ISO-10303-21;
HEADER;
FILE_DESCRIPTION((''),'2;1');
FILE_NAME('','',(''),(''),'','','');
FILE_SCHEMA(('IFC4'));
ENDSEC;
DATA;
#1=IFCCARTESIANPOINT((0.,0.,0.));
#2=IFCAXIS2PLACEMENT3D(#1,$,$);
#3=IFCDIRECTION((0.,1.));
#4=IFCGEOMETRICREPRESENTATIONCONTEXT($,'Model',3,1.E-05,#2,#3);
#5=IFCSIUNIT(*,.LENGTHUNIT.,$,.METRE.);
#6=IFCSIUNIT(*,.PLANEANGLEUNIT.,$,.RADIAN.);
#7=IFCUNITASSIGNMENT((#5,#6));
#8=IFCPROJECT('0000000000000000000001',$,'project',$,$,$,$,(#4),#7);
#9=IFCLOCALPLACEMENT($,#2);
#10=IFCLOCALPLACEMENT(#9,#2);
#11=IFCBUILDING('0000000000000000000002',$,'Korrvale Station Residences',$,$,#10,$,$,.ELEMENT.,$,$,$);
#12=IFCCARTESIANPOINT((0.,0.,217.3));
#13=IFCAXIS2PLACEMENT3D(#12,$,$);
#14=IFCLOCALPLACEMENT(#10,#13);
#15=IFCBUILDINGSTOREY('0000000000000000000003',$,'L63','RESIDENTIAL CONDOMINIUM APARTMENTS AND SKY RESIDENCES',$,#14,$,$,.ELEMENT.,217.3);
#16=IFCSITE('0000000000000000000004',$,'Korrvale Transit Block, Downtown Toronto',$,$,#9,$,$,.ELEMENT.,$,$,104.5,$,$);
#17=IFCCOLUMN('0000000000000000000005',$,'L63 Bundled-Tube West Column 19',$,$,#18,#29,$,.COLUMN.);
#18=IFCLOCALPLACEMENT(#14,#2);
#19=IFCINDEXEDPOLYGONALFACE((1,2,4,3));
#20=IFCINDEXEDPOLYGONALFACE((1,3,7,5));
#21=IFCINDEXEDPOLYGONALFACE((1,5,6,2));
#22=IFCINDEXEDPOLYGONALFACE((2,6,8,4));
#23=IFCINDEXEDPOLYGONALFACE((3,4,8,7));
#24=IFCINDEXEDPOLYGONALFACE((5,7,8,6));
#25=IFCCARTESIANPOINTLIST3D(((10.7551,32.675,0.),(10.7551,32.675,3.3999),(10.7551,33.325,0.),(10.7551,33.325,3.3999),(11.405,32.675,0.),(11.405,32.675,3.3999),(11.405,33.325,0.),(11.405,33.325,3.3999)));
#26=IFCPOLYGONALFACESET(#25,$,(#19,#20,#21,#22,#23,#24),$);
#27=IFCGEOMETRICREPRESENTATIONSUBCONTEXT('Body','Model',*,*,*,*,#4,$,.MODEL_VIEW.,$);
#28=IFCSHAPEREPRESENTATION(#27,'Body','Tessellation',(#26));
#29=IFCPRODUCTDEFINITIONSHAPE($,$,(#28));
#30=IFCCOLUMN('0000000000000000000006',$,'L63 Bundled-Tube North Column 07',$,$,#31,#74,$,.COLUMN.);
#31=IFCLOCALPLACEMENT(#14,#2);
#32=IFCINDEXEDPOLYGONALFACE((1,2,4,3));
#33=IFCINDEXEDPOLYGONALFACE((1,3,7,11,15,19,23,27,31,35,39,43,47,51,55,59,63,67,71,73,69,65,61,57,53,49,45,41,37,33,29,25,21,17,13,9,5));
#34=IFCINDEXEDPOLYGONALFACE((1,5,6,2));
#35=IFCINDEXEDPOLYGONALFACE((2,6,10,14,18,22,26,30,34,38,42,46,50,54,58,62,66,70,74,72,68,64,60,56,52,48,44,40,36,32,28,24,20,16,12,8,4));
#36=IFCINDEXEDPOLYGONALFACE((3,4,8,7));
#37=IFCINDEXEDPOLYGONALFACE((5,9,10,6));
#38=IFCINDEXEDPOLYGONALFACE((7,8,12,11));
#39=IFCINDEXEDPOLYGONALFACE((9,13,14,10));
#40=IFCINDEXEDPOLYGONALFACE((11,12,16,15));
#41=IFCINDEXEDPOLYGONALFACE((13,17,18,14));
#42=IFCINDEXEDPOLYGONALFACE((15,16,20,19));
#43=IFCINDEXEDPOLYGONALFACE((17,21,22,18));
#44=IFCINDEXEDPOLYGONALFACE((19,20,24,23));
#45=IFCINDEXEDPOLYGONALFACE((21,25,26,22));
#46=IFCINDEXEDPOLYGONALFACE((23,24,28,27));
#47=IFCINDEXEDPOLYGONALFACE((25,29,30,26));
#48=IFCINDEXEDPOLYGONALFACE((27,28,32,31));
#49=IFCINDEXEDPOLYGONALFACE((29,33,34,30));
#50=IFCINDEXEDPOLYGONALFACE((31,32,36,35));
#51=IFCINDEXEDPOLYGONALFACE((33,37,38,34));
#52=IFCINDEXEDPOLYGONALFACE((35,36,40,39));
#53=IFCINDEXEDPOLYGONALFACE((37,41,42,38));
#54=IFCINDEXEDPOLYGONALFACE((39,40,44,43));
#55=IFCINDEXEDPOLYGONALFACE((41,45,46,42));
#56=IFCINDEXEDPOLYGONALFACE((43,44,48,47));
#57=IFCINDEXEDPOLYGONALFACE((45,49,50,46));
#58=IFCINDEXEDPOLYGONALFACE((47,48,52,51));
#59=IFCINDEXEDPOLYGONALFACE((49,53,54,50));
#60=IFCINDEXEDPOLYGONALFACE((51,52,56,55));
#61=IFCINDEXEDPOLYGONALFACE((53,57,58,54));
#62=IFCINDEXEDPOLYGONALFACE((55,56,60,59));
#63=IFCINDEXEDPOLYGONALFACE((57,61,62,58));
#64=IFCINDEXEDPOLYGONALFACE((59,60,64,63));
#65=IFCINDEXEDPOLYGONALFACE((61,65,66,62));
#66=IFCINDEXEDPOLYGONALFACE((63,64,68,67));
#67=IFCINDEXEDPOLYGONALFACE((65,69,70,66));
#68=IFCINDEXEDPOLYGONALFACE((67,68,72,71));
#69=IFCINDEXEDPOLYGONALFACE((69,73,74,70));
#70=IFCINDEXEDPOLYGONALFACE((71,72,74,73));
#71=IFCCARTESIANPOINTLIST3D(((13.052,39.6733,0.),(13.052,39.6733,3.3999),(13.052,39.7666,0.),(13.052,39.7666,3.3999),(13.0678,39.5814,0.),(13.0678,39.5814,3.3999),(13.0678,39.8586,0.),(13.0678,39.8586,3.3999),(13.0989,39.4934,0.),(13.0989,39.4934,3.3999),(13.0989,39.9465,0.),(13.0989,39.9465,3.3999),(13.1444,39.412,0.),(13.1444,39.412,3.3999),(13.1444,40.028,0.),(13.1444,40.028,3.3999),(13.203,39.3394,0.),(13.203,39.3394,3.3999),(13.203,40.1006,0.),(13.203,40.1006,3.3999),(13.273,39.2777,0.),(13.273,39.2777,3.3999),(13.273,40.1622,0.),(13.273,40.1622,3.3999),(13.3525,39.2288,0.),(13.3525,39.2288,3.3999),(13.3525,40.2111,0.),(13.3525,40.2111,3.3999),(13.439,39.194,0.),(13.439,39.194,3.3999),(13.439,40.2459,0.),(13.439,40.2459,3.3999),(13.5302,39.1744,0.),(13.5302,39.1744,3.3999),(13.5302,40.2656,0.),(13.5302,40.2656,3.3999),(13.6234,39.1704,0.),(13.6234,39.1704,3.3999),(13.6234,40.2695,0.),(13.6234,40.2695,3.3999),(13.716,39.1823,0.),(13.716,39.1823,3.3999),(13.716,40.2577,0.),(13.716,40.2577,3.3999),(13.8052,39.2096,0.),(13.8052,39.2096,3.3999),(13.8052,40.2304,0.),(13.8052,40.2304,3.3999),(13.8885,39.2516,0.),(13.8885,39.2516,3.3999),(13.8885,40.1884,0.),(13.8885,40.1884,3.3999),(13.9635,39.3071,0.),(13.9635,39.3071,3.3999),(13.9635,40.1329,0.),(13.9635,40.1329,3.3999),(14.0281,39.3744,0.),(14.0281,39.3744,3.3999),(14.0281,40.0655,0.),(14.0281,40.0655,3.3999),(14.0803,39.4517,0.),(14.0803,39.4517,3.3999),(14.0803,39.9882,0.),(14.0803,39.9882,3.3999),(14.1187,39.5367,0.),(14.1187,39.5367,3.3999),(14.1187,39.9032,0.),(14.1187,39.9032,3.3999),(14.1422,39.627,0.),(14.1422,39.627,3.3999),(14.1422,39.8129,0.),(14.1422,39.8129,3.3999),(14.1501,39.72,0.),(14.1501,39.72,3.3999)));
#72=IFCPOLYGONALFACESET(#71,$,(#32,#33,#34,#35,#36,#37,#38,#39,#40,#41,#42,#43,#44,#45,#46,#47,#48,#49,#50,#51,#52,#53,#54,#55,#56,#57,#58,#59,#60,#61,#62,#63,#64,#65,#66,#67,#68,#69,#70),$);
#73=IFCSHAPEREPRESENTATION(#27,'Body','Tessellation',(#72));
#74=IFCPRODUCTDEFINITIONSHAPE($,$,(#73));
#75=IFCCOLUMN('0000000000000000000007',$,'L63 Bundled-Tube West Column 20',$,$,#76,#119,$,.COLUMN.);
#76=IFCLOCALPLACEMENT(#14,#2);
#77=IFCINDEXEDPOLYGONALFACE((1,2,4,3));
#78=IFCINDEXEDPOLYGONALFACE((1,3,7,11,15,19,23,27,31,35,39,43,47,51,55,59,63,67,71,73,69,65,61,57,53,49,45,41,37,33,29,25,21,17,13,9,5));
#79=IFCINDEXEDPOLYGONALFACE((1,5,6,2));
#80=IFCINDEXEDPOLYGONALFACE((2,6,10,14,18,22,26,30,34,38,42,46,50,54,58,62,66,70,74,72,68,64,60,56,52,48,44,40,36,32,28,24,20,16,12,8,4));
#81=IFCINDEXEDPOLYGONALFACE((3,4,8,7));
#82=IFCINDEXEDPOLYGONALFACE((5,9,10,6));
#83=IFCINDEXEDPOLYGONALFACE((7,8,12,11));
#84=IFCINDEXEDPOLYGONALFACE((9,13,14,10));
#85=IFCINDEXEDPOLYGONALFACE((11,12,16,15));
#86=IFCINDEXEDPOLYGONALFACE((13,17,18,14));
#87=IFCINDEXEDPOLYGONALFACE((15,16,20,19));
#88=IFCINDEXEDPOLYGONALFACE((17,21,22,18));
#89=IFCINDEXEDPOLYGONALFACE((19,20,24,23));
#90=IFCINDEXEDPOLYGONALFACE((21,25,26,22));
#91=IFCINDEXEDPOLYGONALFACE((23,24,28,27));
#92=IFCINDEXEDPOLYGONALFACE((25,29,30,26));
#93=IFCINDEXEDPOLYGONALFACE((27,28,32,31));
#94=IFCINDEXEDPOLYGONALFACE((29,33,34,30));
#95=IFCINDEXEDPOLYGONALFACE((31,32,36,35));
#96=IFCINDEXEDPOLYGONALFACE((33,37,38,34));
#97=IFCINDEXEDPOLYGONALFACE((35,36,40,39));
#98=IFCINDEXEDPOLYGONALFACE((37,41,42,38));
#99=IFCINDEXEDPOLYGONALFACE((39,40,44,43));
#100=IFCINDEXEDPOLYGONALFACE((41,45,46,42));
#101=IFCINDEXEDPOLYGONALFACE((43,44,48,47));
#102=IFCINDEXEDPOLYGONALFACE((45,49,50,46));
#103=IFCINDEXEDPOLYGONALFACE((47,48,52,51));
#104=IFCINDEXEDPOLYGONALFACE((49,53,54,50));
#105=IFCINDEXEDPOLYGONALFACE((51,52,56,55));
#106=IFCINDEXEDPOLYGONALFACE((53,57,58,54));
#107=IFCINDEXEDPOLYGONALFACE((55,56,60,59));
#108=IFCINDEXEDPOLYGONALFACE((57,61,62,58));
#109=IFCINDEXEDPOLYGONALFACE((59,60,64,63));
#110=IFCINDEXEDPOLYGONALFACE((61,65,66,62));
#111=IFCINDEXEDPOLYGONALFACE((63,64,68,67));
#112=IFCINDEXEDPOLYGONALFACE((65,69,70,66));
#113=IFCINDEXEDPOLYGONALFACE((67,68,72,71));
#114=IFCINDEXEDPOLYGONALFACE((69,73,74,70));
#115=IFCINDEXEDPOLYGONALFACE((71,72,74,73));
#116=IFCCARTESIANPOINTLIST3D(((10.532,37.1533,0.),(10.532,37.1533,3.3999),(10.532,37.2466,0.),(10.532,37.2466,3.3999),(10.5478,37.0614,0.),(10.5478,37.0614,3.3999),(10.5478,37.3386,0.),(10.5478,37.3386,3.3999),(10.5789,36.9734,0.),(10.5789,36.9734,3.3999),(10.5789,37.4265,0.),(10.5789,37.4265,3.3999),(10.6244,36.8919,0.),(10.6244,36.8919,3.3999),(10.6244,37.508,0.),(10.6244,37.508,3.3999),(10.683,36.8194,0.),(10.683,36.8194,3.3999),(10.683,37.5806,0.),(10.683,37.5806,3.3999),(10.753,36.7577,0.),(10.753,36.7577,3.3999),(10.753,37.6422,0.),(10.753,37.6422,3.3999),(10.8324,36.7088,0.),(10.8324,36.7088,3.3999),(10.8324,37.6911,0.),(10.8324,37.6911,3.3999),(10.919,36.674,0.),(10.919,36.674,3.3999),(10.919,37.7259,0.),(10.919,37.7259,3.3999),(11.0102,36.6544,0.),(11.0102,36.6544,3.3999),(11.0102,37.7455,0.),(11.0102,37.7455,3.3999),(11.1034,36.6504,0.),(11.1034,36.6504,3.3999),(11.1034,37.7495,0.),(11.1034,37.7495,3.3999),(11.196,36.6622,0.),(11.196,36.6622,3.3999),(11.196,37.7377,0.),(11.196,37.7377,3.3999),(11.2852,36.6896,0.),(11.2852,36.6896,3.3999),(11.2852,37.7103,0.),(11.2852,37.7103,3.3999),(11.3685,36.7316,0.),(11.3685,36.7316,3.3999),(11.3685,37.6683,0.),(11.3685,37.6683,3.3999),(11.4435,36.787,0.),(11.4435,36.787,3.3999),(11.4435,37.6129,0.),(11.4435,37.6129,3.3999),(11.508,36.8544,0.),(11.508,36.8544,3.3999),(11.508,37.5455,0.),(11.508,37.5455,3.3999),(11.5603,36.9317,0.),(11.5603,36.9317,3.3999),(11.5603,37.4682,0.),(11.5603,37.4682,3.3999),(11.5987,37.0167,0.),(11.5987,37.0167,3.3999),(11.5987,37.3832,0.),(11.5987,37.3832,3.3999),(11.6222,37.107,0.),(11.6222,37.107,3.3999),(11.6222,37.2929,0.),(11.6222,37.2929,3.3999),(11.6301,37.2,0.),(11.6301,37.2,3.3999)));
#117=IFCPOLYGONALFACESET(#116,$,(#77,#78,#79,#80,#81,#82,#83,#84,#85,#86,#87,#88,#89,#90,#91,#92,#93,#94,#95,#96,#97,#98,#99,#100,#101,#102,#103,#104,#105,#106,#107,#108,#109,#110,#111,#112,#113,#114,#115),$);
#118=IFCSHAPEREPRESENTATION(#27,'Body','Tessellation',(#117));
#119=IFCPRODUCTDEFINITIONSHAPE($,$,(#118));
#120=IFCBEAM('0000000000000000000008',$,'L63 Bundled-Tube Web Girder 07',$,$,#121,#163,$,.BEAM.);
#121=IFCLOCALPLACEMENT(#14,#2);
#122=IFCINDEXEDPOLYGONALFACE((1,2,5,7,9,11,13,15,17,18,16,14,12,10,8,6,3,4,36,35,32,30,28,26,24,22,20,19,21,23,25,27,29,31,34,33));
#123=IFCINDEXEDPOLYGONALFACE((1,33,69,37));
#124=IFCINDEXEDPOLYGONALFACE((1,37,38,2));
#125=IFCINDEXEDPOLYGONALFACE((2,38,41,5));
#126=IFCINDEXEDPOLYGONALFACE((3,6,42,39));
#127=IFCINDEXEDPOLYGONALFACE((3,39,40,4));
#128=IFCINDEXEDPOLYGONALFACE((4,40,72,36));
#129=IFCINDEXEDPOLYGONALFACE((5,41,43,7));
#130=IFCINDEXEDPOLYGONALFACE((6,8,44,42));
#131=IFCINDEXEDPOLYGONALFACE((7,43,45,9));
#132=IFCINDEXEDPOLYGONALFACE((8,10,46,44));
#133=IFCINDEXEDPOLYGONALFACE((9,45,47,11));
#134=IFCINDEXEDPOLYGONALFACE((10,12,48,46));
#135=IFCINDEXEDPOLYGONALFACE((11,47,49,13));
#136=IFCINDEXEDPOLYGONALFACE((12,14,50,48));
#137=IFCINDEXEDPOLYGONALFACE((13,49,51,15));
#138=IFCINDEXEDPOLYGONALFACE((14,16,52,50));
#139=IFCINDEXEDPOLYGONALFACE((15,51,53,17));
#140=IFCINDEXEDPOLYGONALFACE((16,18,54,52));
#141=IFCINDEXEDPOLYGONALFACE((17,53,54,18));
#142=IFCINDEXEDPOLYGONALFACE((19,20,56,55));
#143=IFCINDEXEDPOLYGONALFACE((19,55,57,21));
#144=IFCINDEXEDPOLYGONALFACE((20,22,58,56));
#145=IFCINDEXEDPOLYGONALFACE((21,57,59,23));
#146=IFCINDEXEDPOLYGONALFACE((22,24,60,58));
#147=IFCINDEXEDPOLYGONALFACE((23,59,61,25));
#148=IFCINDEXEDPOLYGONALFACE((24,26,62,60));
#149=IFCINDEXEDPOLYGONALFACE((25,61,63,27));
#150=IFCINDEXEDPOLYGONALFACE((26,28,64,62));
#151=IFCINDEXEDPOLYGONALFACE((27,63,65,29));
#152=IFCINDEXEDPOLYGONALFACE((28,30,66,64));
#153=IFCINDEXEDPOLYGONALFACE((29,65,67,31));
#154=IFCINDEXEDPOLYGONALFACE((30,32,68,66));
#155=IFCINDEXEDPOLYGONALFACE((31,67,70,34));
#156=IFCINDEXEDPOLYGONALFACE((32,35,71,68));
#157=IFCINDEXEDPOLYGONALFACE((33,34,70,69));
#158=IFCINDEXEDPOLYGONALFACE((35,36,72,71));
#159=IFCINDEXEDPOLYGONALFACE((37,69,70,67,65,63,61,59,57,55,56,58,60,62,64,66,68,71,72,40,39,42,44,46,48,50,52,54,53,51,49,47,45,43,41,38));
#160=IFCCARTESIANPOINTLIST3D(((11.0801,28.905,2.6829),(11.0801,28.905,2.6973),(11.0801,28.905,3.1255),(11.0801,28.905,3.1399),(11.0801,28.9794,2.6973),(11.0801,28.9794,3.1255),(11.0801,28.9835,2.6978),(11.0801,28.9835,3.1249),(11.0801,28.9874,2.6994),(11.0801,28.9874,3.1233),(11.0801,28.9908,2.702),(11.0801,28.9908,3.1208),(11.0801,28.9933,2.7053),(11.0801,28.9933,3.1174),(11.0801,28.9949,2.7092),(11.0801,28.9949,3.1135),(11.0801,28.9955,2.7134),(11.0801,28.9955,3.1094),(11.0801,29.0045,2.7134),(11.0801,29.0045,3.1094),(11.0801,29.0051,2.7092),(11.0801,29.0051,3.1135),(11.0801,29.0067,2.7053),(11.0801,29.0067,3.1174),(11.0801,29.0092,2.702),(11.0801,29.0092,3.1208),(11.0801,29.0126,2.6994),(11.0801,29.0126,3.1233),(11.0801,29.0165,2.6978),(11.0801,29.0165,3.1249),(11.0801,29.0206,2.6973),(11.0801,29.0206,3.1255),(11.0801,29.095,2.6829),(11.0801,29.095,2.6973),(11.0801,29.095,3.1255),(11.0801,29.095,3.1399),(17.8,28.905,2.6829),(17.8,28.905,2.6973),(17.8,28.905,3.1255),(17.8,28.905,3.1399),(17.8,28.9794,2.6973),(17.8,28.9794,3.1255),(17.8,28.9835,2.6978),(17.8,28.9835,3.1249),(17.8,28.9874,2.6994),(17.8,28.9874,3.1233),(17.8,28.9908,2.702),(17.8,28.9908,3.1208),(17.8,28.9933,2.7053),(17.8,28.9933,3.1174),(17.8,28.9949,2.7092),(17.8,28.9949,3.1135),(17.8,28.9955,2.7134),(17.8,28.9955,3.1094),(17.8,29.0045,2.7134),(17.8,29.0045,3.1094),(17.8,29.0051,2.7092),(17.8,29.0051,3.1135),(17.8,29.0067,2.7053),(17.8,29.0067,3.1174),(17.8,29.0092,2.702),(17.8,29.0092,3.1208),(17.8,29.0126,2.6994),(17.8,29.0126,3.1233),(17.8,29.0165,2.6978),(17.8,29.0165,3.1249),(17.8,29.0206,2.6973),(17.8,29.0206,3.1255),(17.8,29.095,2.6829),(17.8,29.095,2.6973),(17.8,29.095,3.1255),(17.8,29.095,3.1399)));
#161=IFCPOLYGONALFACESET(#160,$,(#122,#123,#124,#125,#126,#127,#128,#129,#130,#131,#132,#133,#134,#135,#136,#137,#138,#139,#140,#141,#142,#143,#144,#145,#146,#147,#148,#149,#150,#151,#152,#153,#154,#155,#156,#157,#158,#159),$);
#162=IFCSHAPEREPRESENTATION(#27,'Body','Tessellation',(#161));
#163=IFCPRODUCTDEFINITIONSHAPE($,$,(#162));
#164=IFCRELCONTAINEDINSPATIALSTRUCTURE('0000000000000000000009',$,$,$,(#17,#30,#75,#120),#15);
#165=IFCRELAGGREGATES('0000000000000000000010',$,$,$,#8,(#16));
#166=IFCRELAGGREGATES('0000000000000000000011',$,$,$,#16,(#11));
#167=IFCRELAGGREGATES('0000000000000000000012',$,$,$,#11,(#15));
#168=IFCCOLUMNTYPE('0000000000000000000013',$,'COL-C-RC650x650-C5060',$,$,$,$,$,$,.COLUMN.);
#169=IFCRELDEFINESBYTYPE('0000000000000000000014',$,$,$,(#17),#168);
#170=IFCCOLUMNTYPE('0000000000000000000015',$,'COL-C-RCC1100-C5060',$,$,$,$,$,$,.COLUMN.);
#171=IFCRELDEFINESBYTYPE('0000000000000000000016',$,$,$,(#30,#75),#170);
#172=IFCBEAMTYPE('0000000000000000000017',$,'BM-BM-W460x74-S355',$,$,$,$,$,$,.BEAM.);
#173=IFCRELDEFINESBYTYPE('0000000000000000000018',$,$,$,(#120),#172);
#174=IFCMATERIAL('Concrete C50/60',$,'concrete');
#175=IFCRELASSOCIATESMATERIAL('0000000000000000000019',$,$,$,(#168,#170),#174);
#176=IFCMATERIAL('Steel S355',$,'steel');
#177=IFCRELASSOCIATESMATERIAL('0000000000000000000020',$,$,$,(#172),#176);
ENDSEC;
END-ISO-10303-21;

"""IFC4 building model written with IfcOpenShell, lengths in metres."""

from ifc_helpers import new_model, si_unit, direction, frame, origin, origin_2d, place, context, subcontext, project, spatial, rectangle, circle, i_section, extrude, material, material_profile, profile_set, type_object, element, save


model = new_model("IFC4")

# Units and contexts
model_context = context("Model", 3, precision=1e-05, world=origin(), true_north=direction((0.0, 1.0)))
body_context = subcontext(model_context, "Body", "Model", "MODEL_VIEW")
ifc_project = project(units=[si_unit("LENGTHUNIT", "METRE"), si_unit("PLANEANGLEUNIT", "RADIAN")], contexts=[model_context])

# Site, building, storey
site_placement = place(None, origin())
site = spatial("IfcSite", under=ifc_project, at=site_placement, Name="Korrvale Transit Block, Downtown Toronto", CompositionType="ELEMENT", RefElevation=104.5)
building_placement = place(site_placement, origin())
building = spatial("IfcBuilding", under=site, at=building_placement, Name="Korrvale Station Residences", CompositionType="ELEMENT")
storey_placement = place(building_placement, frame((0.0, 0.0, 217.3)))
storey = spatial("IfcBuildingStorey", under=building, at=storey_placement, Name="L63", Description="RESIDENTIAL CONDOMINIUM APARTMENTS AND SKY RESIDENCES", CompositionType="ELEMENT", Elevation=217.3)

# Columns
ifc_material_1 = material(Name="Concrete C50/60", Category="concrete")
ifc_material_profile_1 = material_profile(ifc_material_1, rectangle(XDim=0.6499, YDim=0.6499, at=origin_2d()), Name="RC650x650")
ifc_profile_set_1 = profile_set([ifc_material_profile_1], Name="Concrete C50/60")
column_type_1 = type_object("IfcColumnType", Name="COL-C-RC650x650-C5060", PredefinedType="COLUMN", material=ifc_profile_set_1)
column_placement = place(storey_placement, frame((11.0801, 33.0, 0.0), z_axis=(0.0, 0.0, 1.0), x_axis=(1.0, 0.0, 0.0)))
element("IfcColumn", 1, at=column_placement, inside=storey, type_object=column_type_1, Name="L63 Bundled-Tube West Column 19", PredefinedType="COLUMN", context=body_context, shape_type="SweptSolid", body=[
    extrude(rectangle(XDim=0.6499, YDim=0.6499, at=origin_2d()), origin(), (0.0, 0.0, 1.0), 3.3999),
])
ifc_material_profile_2 = material_profile(ifc_material_1, circle(Radius=0.55, at=origin_2d()), Name="RCC1100")
ifc_profile_set_2 = profile_set([ifc_material_profile_2], Name="Concrete C50/60")
column_type_2 = type_object("IfcColumnType", Name="COL-C-RCC1100-C5060", PredefinedType="COLUMN", material=ifc_profile_set_2)
for number, where, z_axis, x_axis, name in (
    (2, (13.6001, 39.72, 0.0), (0.0, 0.0, 1.0), (1.0, 0.0, 0.0), "L63 Bundled-Tube North Column 07"),
    (3, (11.0801, 37.2, 0.0), (0.0, 0.0, 1.0), (1.0, 0.0, 0.0), "L63 Bundled-Tube West Column 20"),
):
    element("IfcColumn", number, at=place(storey_placement, frame(where, z_axis=z_axis, x_axis=x_axis)), inside=storey, type_object=column_type_2, Name=name, PredefinedType="COLUMN", context=body_context, shape_type="SweptSolid", body=[
        extrude(circle(Radius=0.55, at=origin_2d()), origin(), (0.0, 0.0, 1.0), 3.3999),
    ])

# Beam
ifc_material_2 = material(Name="Steel S355", Category="steel")
ifc_material_profile_3 = material_profile(ifc_material_2, i_section(OverallWidth=0.1899, OverallDepth=0.457, WebThickness=0.009, FlangeThickness=0.0144, FilletRadius=0.0161, at=origin_2d()), Name="W460x74")
ifc_profile_set_3 = profile_set([ifc_material_profile_3], Name="Steel S355")
beam_type_1 = type_object("IfcBeamType", Name="BM-BM-W460x74-S355", PredefinedType="BEAM", material=ifc_profile_set_3)
beam_1_placement = place(storey_placement, frame((11.0801, 29.0, 2.9114), z_axis=(1.0, 0.0, 0.0), x_axis=(0.0, 1.0, 0.0)))
element("IfcBeam", 4, at=beam_1_placement, inside=storey, type_object=beam_type_1, Name="L63 Bundled-Tube Web Girder 07", PredefinedType="BEAM", context=body_context, shape_type="SweptSolid", body=[
    extrude(i_section(OverallWidth=0.1899, OverallDepth=0.457, WebThickness=0.009, FlangeThickness=0.0144, FilletRadius=0.0161, at=origin_2d()), origin(), (0.0, 0.0, 1.0), 6.72),
])

save(model, "model.ifc")
